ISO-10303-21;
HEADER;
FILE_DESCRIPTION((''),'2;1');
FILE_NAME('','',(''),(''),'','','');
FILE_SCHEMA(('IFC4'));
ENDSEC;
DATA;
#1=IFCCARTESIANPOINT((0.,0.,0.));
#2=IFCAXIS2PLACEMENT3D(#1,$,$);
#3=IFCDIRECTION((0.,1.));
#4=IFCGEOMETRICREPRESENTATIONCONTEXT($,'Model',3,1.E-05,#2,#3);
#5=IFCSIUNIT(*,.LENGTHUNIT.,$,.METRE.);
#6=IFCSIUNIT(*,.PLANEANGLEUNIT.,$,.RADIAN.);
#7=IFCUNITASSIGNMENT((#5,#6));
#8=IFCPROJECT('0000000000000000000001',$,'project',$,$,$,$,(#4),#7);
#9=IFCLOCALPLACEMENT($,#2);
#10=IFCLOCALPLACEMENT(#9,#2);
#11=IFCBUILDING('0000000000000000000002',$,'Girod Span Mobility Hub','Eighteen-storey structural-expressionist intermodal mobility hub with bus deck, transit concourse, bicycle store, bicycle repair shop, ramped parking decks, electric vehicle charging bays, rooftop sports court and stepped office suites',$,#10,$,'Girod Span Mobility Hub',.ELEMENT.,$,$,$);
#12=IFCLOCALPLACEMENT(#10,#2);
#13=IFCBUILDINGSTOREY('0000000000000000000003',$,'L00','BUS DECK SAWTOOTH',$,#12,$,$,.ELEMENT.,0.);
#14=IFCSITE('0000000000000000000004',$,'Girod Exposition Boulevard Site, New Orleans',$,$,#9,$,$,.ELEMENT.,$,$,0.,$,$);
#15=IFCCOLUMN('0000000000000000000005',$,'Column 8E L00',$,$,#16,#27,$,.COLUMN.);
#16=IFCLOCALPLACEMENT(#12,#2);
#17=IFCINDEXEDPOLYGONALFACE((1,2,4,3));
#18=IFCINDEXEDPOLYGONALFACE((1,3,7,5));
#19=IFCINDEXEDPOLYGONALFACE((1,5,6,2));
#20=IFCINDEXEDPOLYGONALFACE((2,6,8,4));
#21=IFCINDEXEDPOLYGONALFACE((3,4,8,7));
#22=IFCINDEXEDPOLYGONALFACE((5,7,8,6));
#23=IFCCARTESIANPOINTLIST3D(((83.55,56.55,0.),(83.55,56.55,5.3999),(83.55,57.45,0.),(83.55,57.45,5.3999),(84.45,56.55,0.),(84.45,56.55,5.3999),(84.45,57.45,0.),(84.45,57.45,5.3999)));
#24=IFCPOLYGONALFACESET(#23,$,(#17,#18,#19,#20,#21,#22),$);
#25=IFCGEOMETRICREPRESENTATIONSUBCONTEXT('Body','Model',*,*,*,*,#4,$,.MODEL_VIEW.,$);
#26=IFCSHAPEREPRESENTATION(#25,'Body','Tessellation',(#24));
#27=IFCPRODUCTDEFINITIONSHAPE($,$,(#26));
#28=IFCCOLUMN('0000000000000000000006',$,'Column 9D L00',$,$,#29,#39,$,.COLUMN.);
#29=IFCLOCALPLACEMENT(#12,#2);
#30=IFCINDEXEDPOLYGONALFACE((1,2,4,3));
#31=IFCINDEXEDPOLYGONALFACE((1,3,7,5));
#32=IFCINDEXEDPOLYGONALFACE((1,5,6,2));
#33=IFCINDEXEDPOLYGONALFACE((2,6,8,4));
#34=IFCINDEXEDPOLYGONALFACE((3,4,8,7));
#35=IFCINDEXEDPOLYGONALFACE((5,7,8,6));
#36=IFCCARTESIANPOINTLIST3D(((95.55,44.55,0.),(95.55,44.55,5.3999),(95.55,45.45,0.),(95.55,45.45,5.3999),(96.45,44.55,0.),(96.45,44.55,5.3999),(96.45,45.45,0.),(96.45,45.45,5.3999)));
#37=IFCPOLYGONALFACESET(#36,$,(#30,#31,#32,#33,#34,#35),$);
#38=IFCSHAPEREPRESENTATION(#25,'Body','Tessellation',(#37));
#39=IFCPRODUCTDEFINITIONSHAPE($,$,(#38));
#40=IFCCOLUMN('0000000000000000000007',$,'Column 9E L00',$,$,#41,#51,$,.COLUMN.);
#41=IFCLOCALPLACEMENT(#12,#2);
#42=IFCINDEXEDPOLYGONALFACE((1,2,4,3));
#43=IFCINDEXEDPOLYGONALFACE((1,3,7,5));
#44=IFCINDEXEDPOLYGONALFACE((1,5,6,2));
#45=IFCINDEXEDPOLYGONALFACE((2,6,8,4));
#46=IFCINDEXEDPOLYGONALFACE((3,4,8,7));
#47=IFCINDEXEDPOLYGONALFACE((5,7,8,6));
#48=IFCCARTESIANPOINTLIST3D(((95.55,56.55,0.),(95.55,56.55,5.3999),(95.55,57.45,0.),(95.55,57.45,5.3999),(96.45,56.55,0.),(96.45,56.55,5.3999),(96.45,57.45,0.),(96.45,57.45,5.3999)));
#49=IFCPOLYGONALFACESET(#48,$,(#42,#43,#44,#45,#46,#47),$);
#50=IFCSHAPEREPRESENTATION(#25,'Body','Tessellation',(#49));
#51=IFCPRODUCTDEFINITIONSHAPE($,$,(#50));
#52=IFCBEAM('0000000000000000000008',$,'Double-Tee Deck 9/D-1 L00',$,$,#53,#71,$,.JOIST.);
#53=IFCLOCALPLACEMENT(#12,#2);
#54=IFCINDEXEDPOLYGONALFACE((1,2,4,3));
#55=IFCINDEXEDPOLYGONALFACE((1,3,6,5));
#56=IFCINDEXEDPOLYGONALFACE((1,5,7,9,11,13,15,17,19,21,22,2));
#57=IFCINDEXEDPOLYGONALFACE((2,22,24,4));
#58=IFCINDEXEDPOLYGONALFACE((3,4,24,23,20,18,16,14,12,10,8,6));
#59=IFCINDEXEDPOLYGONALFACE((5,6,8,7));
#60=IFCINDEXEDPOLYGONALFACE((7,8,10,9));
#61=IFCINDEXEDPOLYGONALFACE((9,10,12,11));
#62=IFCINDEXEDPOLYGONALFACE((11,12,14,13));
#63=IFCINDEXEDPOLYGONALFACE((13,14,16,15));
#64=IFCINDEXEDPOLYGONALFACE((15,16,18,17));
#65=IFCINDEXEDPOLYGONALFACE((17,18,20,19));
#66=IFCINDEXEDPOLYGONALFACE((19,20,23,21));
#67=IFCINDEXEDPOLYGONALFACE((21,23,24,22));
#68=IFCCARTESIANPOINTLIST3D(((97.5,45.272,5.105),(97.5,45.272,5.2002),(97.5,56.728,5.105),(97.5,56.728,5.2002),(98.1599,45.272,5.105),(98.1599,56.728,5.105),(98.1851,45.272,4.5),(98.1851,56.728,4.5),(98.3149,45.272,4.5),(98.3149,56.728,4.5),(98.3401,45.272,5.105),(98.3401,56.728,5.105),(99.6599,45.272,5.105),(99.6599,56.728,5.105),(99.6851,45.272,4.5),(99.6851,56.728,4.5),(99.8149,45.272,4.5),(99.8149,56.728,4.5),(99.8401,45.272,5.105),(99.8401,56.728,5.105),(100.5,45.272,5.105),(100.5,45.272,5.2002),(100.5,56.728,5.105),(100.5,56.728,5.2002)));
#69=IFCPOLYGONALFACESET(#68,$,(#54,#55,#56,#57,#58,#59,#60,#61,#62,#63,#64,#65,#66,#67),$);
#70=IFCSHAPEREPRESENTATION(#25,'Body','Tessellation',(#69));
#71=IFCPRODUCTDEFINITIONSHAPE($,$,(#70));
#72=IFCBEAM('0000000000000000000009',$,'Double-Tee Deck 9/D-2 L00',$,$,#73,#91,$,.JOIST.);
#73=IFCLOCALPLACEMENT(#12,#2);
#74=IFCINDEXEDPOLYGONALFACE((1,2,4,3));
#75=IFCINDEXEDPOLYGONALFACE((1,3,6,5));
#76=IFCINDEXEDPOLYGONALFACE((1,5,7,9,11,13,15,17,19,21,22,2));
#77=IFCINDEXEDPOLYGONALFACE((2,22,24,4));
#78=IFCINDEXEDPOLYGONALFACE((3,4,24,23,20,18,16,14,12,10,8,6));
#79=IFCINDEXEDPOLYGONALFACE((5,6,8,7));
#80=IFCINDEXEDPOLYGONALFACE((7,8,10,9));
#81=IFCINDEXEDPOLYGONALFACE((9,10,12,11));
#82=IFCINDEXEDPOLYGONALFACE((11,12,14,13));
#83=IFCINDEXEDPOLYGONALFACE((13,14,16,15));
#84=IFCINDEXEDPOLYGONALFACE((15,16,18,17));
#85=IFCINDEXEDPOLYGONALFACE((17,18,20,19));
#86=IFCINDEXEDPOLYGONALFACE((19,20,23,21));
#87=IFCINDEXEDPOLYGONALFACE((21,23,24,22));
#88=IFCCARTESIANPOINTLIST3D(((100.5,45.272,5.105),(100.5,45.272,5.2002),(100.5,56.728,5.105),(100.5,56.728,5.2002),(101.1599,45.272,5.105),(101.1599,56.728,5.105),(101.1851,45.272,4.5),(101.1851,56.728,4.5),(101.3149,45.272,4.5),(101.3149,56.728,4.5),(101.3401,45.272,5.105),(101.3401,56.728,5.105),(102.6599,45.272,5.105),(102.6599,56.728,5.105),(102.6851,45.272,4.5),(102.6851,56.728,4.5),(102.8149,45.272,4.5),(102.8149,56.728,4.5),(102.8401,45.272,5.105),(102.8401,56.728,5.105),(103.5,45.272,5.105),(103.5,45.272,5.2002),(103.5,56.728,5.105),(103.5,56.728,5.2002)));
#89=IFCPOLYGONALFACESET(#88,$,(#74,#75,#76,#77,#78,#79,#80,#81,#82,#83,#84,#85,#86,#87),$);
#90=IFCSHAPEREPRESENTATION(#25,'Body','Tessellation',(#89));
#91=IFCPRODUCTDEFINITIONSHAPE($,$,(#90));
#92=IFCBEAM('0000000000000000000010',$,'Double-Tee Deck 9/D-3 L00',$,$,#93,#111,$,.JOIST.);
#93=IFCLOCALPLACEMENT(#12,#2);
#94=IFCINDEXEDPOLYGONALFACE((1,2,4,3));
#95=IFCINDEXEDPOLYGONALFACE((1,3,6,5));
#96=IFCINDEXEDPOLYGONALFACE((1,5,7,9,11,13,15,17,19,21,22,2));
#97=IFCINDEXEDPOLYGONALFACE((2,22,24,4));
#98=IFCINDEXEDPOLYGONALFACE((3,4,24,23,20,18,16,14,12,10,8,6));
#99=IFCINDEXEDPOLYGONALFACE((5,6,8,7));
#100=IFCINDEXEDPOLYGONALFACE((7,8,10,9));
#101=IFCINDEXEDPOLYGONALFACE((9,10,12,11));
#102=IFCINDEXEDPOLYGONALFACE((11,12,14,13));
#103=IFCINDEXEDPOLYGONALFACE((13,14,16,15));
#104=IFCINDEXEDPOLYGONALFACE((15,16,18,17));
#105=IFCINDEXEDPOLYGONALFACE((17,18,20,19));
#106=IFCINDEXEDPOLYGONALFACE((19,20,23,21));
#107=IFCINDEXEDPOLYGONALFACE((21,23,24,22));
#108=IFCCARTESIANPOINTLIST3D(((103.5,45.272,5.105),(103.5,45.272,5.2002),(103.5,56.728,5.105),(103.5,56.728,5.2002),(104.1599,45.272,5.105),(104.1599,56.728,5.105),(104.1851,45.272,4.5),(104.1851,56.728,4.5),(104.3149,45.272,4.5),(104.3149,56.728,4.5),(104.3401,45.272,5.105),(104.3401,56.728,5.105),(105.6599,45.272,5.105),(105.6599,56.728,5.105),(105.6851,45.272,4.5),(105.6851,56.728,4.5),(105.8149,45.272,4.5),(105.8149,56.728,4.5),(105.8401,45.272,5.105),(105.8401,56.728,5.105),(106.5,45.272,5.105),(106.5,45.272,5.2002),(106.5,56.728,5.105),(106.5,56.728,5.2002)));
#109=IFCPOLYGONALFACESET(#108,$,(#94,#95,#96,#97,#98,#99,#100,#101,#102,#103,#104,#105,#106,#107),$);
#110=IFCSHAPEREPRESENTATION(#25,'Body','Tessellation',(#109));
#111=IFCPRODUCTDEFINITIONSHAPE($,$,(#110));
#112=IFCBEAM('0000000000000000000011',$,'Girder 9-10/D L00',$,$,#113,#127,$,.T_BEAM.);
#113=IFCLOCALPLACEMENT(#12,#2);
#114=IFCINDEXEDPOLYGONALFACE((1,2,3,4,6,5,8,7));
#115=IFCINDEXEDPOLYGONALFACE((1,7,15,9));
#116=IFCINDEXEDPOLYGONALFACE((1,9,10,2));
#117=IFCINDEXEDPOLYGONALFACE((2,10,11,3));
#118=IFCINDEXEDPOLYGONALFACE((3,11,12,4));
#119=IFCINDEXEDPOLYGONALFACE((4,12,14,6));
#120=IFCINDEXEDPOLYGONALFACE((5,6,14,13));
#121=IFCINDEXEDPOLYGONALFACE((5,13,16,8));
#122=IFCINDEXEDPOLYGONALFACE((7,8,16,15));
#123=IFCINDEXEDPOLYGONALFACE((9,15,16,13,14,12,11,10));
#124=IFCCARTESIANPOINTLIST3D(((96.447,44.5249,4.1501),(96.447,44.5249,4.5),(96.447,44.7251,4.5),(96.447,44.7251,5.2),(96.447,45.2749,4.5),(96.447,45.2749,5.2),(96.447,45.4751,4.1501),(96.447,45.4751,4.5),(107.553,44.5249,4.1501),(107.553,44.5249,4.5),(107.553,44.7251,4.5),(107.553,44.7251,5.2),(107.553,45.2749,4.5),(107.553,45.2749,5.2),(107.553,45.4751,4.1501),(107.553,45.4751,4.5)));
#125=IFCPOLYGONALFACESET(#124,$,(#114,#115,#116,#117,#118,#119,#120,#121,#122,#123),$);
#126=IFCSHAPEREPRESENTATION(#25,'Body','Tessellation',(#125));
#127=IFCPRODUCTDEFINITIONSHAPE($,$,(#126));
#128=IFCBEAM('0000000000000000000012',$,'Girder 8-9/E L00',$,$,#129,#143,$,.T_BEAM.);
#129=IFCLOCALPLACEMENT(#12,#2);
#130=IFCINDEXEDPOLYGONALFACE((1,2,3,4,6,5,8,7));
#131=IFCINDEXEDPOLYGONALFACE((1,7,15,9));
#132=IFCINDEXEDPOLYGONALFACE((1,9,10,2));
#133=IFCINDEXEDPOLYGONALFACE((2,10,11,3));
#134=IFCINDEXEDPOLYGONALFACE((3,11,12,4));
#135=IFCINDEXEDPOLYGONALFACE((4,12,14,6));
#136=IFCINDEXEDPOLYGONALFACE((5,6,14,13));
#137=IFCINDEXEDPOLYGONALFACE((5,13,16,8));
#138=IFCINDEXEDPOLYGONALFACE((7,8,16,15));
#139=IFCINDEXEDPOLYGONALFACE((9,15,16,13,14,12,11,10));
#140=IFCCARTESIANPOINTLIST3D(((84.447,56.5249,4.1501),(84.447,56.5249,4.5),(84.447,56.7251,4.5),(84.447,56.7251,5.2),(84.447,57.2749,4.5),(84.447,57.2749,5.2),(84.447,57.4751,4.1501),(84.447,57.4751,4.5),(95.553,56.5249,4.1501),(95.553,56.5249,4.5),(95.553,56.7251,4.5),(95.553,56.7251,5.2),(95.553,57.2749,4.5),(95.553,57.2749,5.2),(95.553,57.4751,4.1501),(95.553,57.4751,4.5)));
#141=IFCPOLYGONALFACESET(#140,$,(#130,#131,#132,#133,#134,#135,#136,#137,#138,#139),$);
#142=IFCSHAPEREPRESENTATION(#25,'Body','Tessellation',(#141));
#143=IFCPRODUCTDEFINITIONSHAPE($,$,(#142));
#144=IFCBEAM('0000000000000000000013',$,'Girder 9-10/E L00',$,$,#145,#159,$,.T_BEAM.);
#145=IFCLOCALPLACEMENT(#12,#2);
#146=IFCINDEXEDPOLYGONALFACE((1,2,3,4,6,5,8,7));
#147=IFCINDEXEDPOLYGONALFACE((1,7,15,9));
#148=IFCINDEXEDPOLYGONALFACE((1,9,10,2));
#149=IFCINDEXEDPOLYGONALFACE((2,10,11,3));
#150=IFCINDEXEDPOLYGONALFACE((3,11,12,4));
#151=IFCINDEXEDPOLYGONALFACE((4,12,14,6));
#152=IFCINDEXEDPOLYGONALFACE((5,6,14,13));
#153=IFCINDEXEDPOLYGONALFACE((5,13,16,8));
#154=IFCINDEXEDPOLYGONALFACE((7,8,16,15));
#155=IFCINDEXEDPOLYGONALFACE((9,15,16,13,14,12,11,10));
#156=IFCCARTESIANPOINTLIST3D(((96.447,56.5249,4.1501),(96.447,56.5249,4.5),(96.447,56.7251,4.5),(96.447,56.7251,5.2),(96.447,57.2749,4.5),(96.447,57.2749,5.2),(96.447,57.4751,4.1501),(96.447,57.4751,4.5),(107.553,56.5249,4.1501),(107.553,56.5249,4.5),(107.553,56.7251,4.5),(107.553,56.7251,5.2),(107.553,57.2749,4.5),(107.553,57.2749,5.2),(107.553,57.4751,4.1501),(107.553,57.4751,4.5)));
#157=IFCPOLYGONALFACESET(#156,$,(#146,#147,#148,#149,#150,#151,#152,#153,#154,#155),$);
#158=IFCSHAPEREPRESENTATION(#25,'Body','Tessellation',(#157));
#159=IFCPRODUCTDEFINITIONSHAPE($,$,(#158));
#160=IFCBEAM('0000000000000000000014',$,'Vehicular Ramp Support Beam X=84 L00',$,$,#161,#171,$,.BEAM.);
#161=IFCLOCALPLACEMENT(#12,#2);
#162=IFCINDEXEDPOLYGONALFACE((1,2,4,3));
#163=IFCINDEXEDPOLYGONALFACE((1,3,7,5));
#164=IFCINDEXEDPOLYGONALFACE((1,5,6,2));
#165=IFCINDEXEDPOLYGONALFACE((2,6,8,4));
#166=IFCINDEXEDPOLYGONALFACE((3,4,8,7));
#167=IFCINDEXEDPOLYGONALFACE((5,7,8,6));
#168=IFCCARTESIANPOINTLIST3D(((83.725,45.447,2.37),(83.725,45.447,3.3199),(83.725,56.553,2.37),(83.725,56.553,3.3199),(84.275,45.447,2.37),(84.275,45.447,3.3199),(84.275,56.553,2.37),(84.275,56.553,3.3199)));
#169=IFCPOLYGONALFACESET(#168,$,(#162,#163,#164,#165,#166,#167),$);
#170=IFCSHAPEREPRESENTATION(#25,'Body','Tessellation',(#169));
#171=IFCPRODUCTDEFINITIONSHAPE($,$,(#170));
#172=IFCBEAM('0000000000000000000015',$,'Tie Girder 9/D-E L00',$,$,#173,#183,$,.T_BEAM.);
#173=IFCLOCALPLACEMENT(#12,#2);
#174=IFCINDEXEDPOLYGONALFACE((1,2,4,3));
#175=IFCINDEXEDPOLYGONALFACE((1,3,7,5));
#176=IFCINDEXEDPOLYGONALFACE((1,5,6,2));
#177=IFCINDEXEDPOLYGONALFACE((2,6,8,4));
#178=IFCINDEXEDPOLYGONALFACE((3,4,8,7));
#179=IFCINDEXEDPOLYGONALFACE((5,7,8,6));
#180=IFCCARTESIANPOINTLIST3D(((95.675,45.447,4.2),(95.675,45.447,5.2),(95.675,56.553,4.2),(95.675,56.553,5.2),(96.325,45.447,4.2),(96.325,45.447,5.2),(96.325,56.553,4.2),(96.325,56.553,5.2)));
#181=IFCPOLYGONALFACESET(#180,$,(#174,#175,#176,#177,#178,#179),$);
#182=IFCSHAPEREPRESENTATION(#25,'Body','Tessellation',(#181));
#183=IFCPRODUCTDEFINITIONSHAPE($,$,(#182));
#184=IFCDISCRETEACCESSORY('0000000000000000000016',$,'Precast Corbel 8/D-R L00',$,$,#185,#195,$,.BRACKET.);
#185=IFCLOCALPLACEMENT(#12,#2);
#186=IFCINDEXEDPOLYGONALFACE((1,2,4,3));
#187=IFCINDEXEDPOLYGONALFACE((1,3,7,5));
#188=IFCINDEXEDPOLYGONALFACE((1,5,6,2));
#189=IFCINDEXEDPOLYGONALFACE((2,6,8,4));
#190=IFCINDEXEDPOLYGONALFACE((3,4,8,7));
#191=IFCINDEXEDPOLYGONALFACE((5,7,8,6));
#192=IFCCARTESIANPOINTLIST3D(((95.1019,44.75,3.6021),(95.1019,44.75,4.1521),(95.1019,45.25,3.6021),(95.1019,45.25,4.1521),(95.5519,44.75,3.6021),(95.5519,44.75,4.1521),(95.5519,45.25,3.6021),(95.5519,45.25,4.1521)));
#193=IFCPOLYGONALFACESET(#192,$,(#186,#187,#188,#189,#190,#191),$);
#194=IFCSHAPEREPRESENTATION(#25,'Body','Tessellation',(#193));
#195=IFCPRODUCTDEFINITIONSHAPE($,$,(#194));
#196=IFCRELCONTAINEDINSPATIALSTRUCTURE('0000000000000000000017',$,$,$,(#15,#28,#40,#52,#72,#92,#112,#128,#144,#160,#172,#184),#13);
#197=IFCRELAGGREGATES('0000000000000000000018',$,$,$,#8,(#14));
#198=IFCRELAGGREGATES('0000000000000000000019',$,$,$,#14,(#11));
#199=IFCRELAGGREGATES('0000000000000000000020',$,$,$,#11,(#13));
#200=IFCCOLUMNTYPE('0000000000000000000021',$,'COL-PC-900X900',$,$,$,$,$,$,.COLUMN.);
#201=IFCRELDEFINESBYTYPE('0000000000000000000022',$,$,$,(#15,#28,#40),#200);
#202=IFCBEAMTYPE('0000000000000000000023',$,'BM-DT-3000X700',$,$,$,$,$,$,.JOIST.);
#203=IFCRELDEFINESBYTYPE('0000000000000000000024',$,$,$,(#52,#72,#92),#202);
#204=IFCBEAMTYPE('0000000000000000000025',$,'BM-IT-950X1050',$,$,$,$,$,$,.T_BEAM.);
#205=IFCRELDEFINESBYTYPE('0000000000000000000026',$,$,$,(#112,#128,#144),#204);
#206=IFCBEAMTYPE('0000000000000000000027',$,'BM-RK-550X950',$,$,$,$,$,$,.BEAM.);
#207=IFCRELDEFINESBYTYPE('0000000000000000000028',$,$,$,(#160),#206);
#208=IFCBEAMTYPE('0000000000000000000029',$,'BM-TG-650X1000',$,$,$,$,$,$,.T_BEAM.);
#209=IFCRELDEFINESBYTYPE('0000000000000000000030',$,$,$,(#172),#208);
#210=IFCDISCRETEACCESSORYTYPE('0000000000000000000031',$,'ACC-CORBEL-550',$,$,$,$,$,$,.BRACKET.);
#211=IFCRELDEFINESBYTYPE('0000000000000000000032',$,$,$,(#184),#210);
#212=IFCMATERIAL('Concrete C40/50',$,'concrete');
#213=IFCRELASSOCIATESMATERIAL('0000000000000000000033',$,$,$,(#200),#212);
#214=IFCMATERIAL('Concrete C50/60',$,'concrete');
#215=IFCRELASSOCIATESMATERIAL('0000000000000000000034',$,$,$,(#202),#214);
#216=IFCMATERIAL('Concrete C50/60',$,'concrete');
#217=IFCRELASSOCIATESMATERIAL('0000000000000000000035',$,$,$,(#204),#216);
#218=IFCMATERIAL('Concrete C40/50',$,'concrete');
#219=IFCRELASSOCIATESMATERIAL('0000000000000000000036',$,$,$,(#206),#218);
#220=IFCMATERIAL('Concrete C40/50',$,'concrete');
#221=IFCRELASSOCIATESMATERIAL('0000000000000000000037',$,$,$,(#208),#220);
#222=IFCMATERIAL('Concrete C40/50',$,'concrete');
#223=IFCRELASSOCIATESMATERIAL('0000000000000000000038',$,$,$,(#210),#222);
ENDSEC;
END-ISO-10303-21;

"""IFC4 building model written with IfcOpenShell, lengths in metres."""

from ifc_helpers import new_model, si_unit, direction, frame, origin, origin_2d, place, context, subcontext, project, spatial, polyline, rectangle, outline, extrude, material, material_profile, profile_set, type_object, element, save


model = new_model("IFC4")

# Units and contexts
model_context = context("Model", 3, precision=1e-05, world=origin(), true_north=direction((0.0, 1.0)))
body_context = subcontext(model_context, "Body", "Model", "MODEL_VIEW")
ifc_project = project(units=[si_unit("LENGTHUNIT", "METRE"), si_unit("PLANEANGLEUNIT", "RADIAN")], contexts=[model_context])

# Site, building, storey
site_placement = place(None, origin())
site = spatial("IfcSite", under=ifc_project, at=site_placement, Name="Girod Exposition Boulevard Site, New Orleans", CompositionType="ELEMENT", RefElevation=0.0)
building_placement = place(site_placement, origin())
building = spatial("IfcBuilding", under=site, at=building_placement, Name="Girod Span Mobility Hub", Description="Eighteen-storey structural-expressionist intermodal mobility hub with bus deck, transit concourse, bicycle store, bicycle repair shop, ramped parking decks, electric vehicle charging bays, rooftop sports court and stepped office suites", LongName="Girod Span Mobility Hub", CompositionType="ELEMENT")
storey_placement = place(building_placement, origin())
storey = spatial("IfcBuildingStorey", under=building, at=storey_placement, Name="L00", Description="BUS DECK SAWTOOTH", CompositionType="ELEMENT", Elevation=0.0)

# Columns
ifc_material_1 = material(Name="Concrete C40/50", Category="concrete")
ifc_material_profile_1 = material_profile(ifc_material_1, rectangle(XDim=0.8999, YDim=0.8999, at=origin_2d()), Name="PC-COL-900X900")
ifc_profile_set_1 = profile_set([ifc_material_profile_1], Name="Concrete C40/50")
column_type = type_object("IfcColumnType", Name="COL-PC-900X900", PredefinedType="COLUMN", material=ifc_profile_set_1)
for number, where, z_axis, x_axis, name in (
    (1, (84.0, 57.0, 0.0), (0.0, 0.0, 1.0), (1.0, 0.0, 0.0), "Column 8E L00"),
    (2, (96.0, 45.0, 0.0), (0.0, 0.0, 1.0), (1.0, 0.0, 0.0), "Column 9D L00"),
    (3, (96.0, 57.0, 0.0), (0.0, 0.0, 1.0), (1.0, 0.0, 0.0), "Column 9E L00"),
):
    element("IfcColumn", number, at=place(storey_placement, frame(where, z_axis=z_axis, x_axis=x_axis)), inside=storey, type_object=column_type, Name=name, PredefinedType="COLUMN", context=body_context, shape_type="SweptSolid", body=[
        extrude(rectangle(XDim=0.8999, YDim=0.8999, at=origin_2d()), origin(), (0.0, 0.0, 1.0), 5.3999),
    ])

# Beams
ifc_material_2 = material(Name="Concrete C50/60", Category="concrete")
ifc_material_profile_2 = material_profile(ifc_material_2, outline(polyline([(-1.5, 0.3501), (-1.5, 0.2549), (-0.8401, 0.2549), (-0.8149, -0.3501), (-0.6851, -0.3501), (-0.6599, 0.2549), (0.6599, 0.2549), (0.6851, -0.3501), (0.8149, -0.3501), (0.8401, 0.2549), (1.5, 0.2549), (1.5, 0.3501), (-1.5, 0.3501)])), Name="DT-3000X700")
ifc_profile_set_2 = profile_set([ifc_material_profile_2], Name="Concrete C50/60")
beam_type_1 = type_object("IfcBeamType", Name="BM-DT-3000X700", PredefinedType="JOIST", material=ifc_profile_set_2)
for number, where, z_axis, x_axis, name in (
    (4, (99.0, 45.272, 4.8501), (0.0, 1.0, 0.0), (-1.0, 0.0, 0.0), "Double-Tee Deck 9/D-1 L00"),
    (5, (102.0, 45.272, 4.8501), (0.0, 1.0, 0.0), (-1.0, 0.0, 0.0), "Double-Tee Deck 9/D-2 L00"),
    (6, (105.0, 45.272, 4.8501), (0.0, 1.0, 0.0), (-1.0, 0.0, 0.0), "Double-Tee Deck 9/D-3 L00"),
):
    element("IfcBeam", number, at=place(storey_placement, frame(where, z_axis=z_axis, x_axis=x_axis)), inside=storey, type_object=beam_type_1, Name=name, PredefinedType="JOIST", context=body_context, shape_type="SweptSolid", body=[
        extrude(outline(polyline([(-1.5, 0.3501), (-1.5, 0.2549), (-0.8401, 0.2549), (-0.8149, -0.3501), (-0.6851, -0.3501), (-0.6599, 0.2549), (0.6599, 0.2549), (0.6851, -0.3501), (0.8149, -0.3501), (0.8401, 0.2549), (1.5, 0.2549), (1.5, 0.3501), (-1.5, 0.3501)])), origin(), (0.0, 0.0, 1.0), 11.4561),
    ])
ifc_material_3 = material(Name="Concrete C50/60", Category="concrete")
ifc_material_profile_3 = material_profile(ifc_material_3, outline(polyline([(-0.4751, -0.5249), (0.4751, -0.5249), (0.4751, -0.175), (0.2749, -0.175), (0.2749, 0.5249), (-0.2749, 0.5249), (-0.2749, -0.175), (-0.4751, -0.175), (-0.4751, -0.5249)])), Name="IT-950X1050")
ifc_profile_set_3 = profile_set([ifc_material_profile_3], Name="Concrete C50/60")
beam_type_2 = type_object("IfcBeamType", Name="BM-IT-950X1050", PredefinedType="T_BEAM", material=ifc_profile_set_3)
for number, where, z_axis, x_axis, name in (
    (7, (96.447, 45.0, 4.675), (1.0, 0.0, 0.0), (0.0, 1.0, 0.0), "Girder 9-10/D L00"),
    (8, (84.447, 57.0, 4.675), (1.0, 0.0, 0.0), (0.0, 1.0, 0.0), "Girder 8-9/E L00"),
    (9, (96.447, 57.0, 4.675), (1.0, 0.0, 0.0), (0.0, 1.0, 0.0), "Girder 9-10/E L00"),
):
    element("IfcBeam", number, at=place(storey_placement, frame(where, z_axis=z_axis, x_axis=x_axis)), inside=storey, type_object=beam_type_2, Name=name, PredefinedType="T_BEAM", context=body_context, shape_type="SweptSolid", body=[
        extrude(outline(polyline([(-0.4751, -0.5249), (0.4751, -0.5249), (0.4751, -0.175), (0.2749, -0.175), (0.2749, 0.5249), (-0.2749, 0.5249), (-0.2749, -0.175), (-0.4751, -0.175), (-0.4751, -0.5249)])), origin(), (0.0, 0.0, 1.0), 11.106),
    ])
ifc_material_4 = material(Name="Concrete C40/50", Category="concrete")
ifc_material_profile_4 = material_profile(ifc_material_4, rectangle(XDim=0.55, YDim=0.95, at=origin_2d()), Name="RK-550X950")
ifc_profile_set_4 = profile_set([ifc_material_profile_4], Name="Concrete C40/50")
beam_type_3 = type_object("IfcBeamType", Name="BM-RK-550X950", PredefinedType="BEAM", material=ifc_profile_set_4)
beam_1_placement = place(storey_placement, frame((84.0, 45.447, 2.845), z_axis=(0.0, 1.0, 0.0), x_axis=(-1.0, 0.0, 0.0)))
element("IfcBeam", 10, at=beam_1_placement, inside=storey, type_object=beam_type_3, Name="Vehicular Ramp Support Beam X=84 L00", PredefinedType="BEAM", context=body_context, shape_type="SweptSolid", body=[
    extrude(rectangle(XDim=0.55, YDim=0.95, at=origin_2d()), origin(), (0.0, 0.0, 1.0), 11.106),
])
ifc_material_5 = material(Name="Concrete C40/50", Category="concrete")
ifc_material_profile_5 = material_profile(ifc_material_5, rectangle(XDim=0.6499, YDim=1.0, at=origin_2d()), Name="TG-650X1000")
ifc_profile_set_5 = profile_set([ifc_material_profile_5], Name="Concrete C40/50")
beam_type_4 = type_object("IfcBeamType", Name="BM-TG-650X1000", PredefinedType="T_BEAM", material=ifc_profile_set_5)
beam_2_placement = place(storey_placement, frame((96.0, 45.447, 4.7), z_axis=(0.0, 1.0, 0.0), x_axis=(-1.0, 0.0, 0.0)))
element("IfcBeam", 11, at=beam_2_placement, inside=storey, type_object=beam_type_4, Name="Tie Girder 9/D-E L00", PredefinedType="T_BEAM", context=body_context, shape_type="SweptSolid", body=[
    extrude(rectangle(XDim=0.6499, YDim=1.0, at=origin_2d()), origin(), (0.0, 0.0, 1.0), 11.106),
])

# Discrete accessory
ifc_material_6 = material(Name="Concrete C40/50", Category="concrete")
discrete_accessory_type = type_object("IfcDiscreteAccessoryType", Name="ACC-CORBEL-550", PredefinedType="BRACKET", material=ifc_material_6)
for number, where, z_axis, x_axis, name in (
    (12, (95.3269, 45.0, 3.6021), (0.0, 0.0, 1.0), (1.0, 0.0, 0.0), "Precast Corbel 8/D-R L00"),
):
    element("IfcDiscreteAccessory", number, at=place(storey_placement, frame(where, z_axis=z_axis, x_axis=x_axis)), inside=storey, type_object=discrete_accessory_type, Name=name, PredefinedType="BRACKET", context=body_context, shape_type="SweptSolid", body=[
        extrude(rectangle(XDim=0.45, YDim=0.5, at=origin_2d()), origin(), (0.0, 0.0, 1.0), 0.55),
    ])

save(model, "model.ifc")
